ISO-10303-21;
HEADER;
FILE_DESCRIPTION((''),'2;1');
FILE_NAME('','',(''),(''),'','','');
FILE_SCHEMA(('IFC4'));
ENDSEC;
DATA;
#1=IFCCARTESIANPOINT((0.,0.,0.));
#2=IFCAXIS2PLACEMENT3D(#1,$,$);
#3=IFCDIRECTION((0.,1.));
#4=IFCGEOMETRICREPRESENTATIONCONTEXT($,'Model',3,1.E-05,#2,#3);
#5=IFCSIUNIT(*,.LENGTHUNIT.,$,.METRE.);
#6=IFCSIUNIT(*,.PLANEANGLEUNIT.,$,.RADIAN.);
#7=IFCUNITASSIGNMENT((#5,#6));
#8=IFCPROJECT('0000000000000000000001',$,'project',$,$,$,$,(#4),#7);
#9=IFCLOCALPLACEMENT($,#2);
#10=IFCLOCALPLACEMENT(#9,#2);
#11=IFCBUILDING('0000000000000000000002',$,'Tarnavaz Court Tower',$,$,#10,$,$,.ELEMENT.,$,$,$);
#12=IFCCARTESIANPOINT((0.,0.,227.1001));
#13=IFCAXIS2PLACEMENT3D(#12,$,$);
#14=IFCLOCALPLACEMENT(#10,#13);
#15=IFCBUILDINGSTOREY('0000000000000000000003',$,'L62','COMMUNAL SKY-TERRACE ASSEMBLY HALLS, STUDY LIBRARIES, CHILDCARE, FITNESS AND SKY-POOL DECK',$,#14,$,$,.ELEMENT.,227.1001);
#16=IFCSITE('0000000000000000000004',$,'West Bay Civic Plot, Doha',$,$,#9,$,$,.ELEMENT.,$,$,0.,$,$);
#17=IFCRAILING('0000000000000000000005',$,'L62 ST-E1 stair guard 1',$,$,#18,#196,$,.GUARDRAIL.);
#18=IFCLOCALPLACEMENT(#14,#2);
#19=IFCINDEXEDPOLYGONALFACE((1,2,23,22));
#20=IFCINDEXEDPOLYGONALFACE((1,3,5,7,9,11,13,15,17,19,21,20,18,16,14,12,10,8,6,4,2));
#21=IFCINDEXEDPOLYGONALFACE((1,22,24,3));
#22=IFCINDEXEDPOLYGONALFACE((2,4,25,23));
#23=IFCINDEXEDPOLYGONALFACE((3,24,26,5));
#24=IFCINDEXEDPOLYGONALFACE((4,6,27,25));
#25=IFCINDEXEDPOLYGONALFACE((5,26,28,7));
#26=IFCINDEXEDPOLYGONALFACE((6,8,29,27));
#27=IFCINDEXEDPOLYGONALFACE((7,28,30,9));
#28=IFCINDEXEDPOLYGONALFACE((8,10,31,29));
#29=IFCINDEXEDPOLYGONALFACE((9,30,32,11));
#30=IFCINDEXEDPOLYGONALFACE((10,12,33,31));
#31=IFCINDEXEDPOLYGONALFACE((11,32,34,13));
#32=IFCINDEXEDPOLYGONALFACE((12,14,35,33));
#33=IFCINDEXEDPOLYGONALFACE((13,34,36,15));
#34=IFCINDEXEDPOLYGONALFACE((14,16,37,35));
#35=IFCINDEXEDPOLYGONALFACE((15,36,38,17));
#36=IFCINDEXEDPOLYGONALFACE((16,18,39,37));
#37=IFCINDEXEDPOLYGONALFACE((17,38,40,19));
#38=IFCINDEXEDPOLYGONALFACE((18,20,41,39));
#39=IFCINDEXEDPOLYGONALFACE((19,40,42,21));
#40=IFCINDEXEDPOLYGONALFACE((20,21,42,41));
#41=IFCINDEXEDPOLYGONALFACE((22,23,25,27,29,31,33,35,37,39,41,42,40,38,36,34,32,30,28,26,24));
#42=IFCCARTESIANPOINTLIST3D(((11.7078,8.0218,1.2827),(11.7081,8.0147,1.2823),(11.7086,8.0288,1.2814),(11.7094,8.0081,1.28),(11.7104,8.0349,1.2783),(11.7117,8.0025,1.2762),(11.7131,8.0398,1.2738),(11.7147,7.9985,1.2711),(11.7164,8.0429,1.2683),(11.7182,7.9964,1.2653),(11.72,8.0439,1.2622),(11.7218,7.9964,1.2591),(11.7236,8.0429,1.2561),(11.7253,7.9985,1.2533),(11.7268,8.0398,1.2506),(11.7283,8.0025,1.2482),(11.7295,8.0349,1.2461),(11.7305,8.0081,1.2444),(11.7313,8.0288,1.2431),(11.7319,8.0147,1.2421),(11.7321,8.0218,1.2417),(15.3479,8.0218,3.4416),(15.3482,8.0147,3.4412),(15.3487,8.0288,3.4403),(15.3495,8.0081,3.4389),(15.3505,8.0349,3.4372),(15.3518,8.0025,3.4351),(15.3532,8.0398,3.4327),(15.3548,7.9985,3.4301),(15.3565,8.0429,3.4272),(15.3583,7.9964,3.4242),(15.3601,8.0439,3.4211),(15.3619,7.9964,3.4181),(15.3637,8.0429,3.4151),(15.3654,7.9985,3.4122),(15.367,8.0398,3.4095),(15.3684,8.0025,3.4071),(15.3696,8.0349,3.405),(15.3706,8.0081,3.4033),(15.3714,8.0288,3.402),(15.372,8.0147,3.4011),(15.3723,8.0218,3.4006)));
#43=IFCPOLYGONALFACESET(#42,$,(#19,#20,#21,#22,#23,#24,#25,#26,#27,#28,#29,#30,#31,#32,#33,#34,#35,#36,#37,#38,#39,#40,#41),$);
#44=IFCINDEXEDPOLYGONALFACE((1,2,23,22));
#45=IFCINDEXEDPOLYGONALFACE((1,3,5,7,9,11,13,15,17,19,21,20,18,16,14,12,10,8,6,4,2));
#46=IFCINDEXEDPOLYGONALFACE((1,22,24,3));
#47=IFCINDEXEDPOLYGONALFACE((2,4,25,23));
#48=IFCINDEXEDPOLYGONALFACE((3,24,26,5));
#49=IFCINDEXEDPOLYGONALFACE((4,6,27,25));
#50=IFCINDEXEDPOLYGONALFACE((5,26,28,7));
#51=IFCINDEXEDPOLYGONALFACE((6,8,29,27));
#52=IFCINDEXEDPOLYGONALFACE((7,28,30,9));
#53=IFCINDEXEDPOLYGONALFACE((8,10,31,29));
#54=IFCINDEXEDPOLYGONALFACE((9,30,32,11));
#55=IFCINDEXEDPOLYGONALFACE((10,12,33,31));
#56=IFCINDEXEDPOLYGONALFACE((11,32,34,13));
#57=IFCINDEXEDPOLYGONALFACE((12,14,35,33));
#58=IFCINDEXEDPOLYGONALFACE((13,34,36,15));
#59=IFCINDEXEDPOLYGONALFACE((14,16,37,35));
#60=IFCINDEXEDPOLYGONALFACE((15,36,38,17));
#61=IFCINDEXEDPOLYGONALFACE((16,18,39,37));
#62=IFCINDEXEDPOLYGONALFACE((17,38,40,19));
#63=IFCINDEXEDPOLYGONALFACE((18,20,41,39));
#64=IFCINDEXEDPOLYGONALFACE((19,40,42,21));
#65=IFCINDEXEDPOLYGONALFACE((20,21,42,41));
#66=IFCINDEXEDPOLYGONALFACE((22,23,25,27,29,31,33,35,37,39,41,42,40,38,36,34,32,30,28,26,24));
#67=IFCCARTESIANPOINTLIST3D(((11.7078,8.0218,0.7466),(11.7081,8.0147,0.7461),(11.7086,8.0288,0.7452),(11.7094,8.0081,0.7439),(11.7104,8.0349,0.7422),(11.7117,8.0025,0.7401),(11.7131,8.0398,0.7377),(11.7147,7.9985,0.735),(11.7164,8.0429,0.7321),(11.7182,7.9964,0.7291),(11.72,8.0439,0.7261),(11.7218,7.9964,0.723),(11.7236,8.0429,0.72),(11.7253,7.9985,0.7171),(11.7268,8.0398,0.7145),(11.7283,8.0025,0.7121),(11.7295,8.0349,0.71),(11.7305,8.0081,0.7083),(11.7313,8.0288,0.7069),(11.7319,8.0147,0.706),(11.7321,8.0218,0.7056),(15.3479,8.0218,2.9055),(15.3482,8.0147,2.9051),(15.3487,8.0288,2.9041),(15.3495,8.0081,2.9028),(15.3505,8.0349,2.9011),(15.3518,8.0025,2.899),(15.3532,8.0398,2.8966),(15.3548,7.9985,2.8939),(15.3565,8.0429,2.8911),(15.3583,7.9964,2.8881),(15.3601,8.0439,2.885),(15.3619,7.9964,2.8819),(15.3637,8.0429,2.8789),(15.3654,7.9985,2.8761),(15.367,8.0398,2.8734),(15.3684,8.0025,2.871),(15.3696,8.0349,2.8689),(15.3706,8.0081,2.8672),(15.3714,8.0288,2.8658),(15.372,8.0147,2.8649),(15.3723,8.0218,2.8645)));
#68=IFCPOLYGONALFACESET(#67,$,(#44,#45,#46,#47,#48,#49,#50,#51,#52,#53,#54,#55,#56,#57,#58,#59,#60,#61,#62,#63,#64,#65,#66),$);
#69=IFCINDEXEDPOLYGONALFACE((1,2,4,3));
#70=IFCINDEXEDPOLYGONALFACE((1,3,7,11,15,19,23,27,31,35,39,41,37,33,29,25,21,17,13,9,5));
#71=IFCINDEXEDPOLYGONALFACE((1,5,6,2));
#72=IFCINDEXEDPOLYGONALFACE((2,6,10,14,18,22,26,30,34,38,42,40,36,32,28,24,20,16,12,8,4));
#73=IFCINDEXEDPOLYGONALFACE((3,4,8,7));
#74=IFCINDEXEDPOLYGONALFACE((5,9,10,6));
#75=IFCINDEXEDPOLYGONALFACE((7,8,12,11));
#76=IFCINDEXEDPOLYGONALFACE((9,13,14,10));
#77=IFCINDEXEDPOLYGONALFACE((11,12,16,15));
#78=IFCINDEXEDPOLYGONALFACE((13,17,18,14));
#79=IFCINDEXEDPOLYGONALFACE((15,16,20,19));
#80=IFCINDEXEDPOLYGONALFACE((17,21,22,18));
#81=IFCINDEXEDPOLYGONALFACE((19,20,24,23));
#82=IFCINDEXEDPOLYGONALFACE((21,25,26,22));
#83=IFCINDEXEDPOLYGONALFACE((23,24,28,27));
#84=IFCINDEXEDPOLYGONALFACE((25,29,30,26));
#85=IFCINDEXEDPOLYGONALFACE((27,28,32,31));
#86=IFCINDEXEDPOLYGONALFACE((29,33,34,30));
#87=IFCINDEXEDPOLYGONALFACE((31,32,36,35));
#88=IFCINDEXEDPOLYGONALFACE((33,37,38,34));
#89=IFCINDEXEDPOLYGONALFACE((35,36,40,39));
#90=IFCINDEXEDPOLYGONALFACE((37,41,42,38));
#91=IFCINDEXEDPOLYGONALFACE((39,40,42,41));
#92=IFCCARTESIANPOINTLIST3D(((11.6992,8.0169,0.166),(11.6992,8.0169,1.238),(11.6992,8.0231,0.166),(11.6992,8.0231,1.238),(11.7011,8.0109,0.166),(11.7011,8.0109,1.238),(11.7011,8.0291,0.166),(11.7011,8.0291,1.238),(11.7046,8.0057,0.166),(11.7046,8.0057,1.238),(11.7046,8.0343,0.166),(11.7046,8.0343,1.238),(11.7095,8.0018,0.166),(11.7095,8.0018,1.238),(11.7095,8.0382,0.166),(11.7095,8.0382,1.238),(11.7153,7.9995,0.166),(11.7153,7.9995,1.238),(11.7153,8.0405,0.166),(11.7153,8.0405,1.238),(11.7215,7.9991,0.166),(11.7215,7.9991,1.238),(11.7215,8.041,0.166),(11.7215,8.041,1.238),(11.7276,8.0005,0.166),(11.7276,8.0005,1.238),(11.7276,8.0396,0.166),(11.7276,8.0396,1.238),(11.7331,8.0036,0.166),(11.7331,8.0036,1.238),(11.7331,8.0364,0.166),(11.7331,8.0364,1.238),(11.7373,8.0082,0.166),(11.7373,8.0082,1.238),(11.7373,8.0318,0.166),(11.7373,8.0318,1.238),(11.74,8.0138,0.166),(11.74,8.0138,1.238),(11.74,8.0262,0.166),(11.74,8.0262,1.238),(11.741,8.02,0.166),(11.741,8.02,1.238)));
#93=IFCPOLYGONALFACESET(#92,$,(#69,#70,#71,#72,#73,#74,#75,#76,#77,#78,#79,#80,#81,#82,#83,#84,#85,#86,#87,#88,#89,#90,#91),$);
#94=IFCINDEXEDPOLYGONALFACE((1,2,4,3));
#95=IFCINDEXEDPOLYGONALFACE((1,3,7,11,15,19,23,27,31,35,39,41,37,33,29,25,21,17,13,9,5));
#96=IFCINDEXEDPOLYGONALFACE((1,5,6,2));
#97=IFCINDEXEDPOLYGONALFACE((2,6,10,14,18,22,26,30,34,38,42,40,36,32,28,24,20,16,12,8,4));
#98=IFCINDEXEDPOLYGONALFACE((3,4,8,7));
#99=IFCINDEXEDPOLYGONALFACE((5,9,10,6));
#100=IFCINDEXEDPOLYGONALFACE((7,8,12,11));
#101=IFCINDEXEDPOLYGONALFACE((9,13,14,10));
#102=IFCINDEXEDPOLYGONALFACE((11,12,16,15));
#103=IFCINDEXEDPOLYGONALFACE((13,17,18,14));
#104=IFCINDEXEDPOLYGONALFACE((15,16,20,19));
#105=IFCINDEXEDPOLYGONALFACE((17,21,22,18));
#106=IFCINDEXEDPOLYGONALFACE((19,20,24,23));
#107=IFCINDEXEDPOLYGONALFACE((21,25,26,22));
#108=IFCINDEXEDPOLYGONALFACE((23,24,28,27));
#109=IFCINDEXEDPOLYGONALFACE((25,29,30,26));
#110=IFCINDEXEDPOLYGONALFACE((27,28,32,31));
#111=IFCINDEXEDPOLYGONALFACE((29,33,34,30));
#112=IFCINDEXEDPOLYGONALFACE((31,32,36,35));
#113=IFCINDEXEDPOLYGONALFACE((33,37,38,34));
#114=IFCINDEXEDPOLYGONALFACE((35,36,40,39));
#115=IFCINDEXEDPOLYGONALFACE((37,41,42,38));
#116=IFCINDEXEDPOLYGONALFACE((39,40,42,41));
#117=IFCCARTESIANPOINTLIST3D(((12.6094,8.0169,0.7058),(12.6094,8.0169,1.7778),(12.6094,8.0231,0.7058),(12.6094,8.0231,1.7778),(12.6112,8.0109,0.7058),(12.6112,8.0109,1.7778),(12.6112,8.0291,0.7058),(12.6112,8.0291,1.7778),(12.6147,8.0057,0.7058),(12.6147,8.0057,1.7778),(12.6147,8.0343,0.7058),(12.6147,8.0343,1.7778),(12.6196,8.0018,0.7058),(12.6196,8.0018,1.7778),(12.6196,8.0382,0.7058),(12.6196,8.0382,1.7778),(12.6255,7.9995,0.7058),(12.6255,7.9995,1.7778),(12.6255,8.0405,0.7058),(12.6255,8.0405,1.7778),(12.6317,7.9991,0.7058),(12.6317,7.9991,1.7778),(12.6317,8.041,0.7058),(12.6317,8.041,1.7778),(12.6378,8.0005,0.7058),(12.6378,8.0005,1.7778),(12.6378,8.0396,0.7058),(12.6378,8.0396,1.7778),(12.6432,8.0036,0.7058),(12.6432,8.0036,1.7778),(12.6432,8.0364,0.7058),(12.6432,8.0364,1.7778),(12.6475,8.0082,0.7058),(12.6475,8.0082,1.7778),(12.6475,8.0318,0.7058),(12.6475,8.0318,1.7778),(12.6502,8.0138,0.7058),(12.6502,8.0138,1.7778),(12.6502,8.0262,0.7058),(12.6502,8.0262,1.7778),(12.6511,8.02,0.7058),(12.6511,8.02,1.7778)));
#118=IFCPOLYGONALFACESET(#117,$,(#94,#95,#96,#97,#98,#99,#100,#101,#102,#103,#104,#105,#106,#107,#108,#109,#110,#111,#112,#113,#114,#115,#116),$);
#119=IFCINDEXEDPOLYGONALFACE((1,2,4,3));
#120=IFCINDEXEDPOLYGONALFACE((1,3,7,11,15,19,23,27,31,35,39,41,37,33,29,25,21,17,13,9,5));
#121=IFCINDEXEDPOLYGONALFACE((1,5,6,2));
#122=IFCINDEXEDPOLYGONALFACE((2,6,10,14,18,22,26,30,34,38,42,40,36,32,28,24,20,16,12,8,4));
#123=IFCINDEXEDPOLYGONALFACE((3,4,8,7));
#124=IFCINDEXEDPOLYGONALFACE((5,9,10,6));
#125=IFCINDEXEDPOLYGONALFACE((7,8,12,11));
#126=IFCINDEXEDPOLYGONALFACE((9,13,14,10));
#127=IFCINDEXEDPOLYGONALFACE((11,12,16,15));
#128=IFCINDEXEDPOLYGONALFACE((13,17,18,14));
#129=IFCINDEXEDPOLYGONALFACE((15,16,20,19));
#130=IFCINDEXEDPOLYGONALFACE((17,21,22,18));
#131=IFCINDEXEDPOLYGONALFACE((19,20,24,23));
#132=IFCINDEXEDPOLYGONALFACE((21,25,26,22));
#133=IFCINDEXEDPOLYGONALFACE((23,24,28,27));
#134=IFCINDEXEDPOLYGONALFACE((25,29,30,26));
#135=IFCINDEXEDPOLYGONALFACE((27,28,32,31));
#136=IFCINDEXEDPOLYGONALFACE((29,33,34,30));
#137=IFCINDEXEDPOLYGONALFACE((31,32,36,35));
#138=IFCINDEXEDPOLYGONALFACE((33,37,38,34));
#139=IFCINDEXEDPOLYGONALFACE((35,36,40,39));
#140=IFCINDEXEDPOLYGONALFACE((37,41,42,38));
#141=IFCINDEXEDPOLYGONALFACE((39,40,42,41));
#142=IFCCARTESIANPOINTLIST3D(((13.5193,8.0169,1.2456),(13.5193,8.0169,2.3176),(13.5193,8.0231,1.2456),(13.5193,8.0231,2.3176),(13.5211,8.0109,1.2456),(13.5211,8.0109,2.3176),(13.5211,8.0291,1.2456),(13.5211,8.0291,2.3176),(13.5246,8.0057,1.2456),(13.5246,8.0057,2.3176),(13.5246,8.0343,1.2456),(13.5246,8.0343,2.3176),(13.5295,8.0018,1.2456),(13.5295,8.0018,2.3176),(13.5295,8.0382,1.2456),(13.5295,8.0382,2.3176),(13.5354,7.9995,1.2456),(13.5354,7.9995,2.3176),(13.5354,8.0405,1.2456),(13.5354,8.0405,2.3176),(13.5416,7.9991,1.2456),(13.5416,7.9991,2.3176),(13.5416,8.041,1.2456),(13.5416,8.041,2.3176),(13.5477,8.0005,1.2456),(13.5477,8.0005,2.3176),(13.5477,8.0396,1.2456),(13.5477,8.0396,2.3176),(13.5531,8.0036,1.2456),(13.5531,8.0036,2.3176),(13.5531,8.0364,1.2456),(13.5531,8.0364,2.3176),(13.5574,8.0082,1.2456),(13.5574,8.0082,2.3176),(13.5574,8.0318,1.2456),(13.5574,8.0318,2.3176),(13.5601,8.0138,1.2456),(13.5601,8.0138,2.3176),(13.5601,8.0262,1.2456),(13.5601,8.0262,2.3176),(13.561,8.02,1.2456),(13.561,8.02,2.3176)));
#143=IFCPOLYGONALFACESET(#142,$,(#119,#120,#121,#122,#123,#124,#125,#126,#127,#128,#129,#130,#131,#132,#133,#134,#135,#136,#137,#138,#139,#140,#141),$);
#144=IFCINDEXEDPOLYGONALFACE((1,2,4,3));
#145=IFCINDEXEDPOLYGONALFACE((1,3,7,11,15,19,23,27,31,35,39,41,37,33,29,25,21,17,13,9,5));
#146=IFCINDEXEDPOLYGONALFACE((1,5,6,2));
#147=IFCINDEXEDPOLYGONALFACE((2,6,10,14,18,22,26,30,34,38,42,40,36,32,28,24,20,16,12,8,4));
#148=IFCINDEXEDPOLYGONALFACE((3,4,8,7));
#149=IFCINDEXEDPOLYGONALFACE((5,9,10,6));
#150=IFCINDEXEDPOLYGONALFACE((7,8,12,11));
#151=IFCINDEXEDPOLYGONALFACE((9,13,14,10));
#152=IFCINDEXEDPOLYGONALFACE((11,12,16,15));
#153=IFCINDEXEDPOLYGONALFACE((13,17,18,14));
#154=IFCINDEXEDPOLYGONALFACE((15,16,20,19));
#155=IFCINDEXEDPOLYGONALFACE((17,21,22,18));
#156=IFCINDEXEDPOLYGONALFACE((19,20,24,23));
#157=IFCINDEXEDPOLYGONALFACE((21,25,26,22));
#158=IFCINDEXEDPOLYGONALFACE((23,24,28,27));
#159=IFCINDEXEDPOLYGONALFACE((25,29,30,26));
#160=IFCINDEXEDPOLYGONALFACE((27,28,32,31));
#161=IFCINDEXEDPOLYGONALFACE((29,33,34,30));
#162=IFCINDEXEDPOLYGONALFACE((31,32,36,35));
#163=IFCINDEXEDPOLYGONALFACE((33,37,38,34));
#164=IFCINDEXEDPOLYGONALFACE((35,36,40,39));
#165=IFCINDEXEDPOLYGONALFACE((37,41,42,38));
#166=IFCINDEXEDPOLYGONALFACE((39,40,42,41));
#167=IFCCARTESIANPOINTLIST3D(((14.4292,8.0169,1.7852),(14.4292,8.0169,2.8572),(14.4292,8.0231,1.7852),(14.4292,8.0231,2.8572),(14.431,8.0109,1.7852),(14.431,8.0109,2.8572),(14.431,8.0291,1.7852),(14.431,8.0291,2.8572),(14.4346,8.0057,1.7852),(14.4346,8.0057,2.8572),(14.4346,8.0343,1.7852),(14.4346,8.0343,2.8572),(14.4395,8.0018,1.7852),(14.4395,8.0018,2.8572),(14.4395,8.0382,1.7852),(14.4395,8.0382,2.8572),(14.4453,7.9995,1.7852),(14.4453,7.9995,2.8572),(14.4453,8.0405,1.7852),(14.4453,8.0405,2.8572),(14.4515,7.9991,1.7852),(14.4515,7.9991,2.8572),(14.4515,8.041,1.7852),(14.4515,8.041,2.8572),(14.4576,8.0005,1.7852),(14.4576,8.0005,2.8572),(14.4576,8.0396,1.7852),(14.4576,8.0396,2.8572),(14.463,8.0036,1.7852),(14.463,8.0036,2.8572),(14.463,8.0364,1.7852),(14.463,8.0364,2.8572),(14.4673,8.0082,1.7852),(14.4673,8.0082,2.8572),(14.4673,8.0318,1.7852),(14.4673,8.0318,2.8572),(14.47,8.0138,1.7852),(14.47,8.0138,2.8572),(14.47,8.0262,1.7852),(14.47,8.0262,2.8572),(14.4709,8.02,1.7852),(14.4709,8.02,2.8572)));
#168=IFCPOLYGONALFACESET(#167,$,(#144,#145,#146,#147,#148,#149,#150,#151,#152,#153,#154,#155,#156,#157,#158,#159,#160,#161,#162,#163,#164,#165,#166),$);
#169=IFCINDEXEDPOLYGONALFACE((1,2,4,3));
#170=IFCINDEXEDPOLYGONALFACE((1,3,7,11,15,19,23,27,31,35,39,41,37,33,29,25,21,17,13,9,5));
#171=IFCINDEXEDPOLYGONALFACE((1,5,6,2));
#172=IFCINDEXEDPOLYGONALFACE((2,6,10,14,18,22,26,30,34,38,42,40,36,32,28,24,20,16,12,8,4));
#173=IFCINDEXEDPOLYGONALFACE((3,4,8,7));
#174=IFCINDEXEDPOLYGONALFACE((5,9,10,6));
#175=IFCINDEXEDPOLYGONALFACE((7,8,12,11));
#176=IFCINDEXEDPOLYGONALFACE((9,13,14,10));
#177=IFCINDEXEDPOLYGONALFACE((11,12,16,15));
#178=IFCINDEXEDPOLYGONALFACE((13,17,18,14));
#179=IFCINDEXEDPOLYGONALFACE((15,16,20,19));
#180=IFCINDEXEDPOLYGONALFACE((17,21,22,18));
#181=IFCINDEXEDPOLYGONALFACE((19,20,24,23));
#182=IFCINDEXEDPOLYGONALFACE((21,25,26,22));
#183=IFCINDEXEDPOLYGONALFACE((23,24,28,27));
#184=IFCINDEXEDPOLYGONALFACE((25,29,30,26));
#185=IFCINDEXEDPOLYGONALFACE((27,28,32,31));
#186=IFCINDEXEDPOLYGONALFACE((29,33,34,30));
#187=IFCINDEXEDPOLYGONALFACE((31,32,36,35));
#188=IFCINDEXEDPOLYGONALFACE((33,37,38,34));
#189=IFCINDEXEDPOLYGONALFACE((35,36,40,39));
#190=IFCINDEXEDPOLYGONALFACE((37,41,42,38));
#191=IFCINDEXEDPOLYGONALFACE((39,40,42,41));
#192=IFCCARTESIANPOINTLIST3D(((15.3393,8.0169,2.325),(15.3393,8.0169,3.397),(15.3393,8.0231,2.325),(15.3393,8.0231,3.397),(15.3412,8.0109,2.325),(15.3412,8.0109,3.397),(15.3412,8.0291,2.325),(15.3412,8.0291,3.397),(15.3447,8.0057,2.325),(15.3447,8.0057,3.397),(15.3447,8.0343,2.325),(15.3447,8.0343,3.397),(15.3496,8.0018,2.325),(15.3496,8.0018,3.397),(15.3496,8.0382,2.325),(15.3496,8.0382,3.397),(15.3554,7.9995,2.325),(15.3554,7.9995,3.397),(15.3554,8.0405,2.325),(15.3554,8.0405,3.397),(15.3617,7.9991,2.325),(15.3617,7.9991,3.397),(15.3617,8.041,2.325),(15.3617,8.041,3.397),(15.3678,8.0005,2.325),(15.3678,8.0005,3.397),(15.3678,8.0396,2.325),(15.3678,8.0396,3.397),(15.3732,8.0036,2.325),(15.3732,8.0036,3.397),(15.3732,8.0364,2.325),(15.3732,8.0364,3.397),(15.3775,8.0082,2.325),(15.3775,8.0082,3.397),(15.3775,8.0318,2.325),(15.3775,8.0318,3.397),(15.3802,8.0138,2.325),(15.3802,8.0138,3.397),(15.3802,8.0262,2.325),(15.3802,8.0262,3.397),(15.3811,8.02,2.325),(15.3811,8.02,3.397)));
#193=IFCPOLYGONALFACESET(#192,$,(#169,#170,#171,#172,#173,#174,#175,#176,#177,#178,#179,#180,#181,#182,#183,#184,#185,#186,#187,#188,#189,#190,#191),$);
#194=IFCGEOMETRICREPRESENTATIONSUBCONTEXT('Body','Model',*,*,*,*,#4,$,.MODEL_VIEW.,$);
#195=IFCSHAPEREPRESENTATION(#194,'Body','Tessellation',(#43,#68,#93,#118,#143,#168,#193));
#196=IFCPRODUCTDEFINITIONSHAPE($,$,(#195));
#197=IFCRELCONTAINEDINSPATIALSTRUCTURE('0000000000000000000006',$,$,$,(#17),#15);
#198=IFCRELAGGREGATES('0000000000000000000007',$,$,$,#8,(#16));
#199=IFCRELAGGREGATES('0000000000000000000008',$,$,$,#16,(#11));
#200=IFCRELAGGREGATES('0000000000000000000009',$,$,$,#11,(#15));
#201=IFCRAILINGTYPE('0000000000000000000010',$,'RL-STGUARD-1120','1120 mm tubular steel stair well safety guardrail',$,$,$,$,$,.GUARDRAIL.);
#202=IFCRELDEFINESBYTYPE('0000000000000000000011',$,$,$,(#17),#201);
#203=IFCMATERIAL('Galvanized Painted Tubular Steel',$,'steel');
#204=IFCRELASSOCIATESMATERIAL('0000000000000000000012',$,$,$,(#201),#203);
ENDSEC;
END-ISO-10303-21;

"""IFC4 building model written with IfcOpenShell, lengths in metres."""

from ifc_helpers import new_model, si_unit, direction, frame, origin, origin_2d, place, context, subcontext, project, spatial, circle, extrude, material, type_object, element, save


model = new_model("IFC4")

# Units and contexts
model_context = context("Model", 3, precision=1e-05, world=origin(), true_north=direction((0.0, 1.0)))
body_context = subcontext(model_context, "Body", "Model", "MODEL_VIEW")
ifc_project = project(units=[si_unit("LENGTHUNIT", "METRE"), si_unit("PLANEANGLEUNIT", "RADIAN")], contexts=[model_context])

# Site, building, storey
site_placement = place(None, origin())
site = spatial("IfcSite", under=ifc_project, at=site_placement, Name="West Bay Civic Plot, Doha", CompositionType="ELEMENT", RefElevation=0.0)
building_placement = place(site_placement, origin())
building = spatial("IfcBuilding", under=site, at=building_placement, Name="Tarnavaz Court Tower", CompositionType="ELEMENT")
storey_placement = place(building_placement, frame((0.0, 0.0, 227.1001)))
storey = spatial("IfcBuildingStorey", under=building, at=storey_placement, Name="L62", Description="COMMUNAL SKY-TERRACE ASSEMBLY HALLS, STUDY LIBRARIES, CHILDCARE, FITNESS AND SKY-POOL DECK", CompositionType="ELEMENT", Elevation=227.1001)

# Railing
ifc_material_1 = material(Name="Galvanized Painted Tubular Steel", Category="steel")
railing_type_1 = type_object("IfcRailingType", Name="RL-STGUARD-1120", Description="1120 mm tubular steel stair well safety guardrail", PredefinedType="GUARDRAIL", material=ifc_material_1)
railing_1_placement = place(storey_placement, frame((11.72, 8.02, 0.166)))
element("IfcRailing", 1, at=railing_1_placement, inside=storey, type_object=railing_type_1, Name="L62 ST-E1 stair guard 1", PredefinedType="GUARDRAIL", context=body_context, shape_type="SweptSolid", body=[
    extrude(circle(Radius=0.0239, at=origin_2d()), frame((0.0, 0.0, 1.0962), z_axis=(0.860103, 0.0, 0.51012), x_axis=(0.0, 1.0, 0.0)), (0.0, 0.0, 1.0), 4.2322),
    extrude(circle(Radius=0.0239, at=origin_2d()), frame((0.0, 0.0, 0.5601), z_axis=(0.860103, 0.0, 0.51012), x_axis=(0.0, 1.0, 0.0)), (0.0, 0.0, 1.0), 4.2322),
    extrude(circle(Radius=0.021, at=origin_2d()), origin(), (0.0, 0.0, 1.0), 1.072),
    extrude(circle(Radius=0.021, at=origin_2d()), frame((0.9102, 0.0, 0.5398)), (0.0, 0.0, 1.0), 1.072),
    extrude(circle(Radius=0.021, at=origin_2d()), frame((1.8201, 0.0, 1.0796)), (0.0, 0.0, 1.0), 1.072),
    extrude(circle(Radius=0.021, at=origin_2d()), frame((2.73, 0.0, 1.6191)), (0.0, 0.0, 1.0), 1.072),
    extrude(circle(Radius=0.021, at=origin_2d()), frame((3.6401, 0.0, 2.1589)), (0.0, 0.0, 1.0), 1.072),
])

save(model, "model.ifc")
